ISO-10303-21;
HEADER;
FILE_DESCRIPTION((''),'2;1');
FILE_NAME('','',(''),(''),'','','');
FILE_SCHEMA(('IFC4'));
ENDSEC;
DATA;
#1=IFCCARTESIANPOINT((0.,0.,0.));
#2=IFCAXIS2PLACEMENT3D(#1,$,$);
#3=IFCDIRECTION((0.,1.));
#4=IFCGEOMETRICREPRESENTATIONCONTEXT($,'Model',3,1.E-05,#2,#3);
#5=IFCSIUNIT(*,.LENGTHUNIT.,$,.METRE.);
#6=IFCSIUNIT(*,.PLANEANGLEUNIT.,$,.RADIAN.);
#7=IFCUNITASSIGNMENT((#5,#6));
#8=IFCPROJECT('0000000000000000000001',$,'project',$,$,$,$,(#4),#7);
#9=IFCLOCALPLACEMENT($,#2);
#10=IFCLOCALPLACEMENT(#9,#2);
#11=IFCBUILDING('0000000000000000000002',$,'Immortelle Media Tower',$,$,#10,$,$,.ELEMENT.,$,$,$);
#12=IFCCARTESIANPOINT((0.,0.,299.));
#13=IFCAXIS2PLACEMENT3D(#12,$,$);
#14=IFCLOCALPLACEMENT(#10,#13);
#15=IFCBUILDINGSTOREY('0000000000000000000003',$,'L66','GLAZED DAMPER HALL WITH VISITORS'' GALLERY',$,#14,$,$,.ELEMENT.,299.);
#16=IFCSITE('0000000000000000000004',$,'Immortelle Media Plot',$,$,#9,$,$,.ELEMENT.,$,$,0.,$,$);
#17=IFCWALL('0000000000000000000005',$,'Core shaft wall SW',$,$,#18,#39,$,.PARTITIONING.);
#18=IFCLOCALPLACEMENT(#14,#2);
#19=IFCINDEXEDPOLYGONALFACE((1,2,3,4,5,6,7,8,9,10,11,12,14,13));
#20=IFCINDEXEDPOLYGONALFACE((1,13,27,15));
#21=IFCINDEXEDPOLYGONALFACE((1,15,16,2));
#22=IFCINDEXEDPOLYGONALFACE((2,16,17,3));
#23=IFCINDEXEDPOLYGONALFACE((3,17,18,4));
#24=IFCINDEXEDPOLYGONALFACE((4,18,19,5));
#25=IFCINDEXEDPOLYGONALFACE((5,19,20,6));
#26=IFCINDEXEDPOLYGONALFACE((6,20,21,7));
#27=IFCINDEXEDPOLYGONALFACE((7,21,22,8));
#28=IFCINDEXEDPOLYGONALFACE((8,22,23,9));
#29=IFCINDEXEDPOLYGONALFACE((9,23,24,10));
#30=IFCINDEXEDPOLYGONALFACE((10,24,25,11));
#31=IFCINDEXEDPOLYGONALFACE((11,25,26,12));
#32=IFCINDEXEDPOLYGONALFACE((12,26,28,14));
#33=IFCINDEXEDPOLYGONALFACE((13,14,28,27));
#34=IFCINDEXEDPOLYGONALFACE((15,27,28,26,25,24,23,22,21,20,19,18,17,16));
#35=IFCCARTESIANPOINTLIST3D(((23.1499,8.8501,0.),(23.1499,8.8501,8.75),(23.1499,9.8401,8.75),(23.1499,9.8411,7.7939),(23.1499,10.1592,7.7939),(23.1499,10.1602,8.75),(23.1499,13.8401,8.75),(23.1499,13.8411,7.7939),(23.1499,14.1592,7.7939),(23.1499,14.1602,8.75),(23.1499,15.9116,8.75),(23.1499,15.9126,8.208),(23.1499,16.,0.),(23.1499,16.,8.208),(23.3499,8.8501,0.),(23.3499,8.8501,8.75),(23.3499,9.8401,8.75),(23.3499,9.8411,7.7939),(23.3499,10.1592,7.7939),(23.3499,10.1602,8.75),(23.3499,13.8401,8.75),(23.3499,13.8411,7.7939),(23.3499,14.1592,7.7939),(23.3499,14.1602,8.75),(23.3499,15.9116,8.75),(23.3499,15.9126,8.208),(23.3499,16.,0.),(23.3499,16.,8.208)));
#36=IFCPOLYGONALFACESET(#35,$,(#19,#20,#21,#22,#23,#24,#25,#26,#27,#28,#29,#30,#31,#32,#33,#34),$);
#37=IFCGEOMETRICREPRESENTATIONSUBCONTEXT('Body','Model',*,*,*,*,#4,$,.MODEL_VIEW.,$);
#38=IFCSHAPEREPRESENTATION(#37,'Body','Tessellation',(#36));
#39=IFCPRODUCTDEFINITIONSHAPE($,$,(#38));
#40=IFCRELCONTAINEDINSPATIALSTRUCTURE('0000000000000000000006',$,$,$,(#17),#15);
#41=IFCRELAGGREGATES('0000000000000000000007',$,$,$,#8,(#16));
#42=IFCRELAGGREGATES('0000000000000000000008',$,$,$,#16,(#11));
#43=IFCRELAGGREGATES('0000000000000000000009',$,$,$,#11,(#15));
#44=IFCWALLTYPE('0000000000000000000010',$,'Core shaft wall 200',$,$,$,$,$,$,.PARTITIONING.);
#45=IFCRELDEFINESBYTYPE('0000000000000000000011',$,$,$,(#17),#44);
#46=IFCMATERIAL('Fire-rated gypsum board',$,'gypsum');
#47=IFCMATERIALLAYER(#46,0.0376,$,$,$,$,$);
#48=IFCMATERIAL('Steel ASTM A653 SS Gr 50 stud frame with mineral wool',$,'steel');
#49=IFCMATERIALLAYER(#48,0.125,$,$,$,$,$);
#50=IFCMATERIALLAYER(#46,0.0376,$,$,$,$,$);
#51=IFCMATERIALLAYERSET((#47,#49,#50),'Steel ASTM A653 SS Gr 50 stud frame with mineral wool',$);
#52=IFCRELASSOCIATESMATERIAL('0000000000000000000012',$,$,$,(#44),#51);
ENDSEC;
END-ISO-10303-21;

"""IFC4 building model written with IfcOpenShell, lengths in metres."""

from ifc_helpers import new_model, si_unit, direction, frame, origin, place, context, subcontext, project, spatial, polyline, outline, extrude, material, layer, layer_set, type_object, element, save


model = new_model("IFC4")

# Units and contexts
model_context = context("Model", 3, precision=1e-05, world=origin(), true_north=direction((0.0, 1.0)))
body_context = subcontext(model_context, "Body", "Model", "MODEL_VIEW")
ifc_project = project(units=[si_unit("LENGTHUNIT", "METRE"), si_unit("PLANEANGLEUNIT", "RADIAN")], contexts=[model_context])

# Site, building, storey
site_placement = place(None, origin())
site = spatial("IfcSite", under=ifc_project, at=site_placement, Name="Immortelle Media Plot", CompositionType="ELEMENT", RefElevation=0.0)
building_placement = place(site_placement, origin())
building = spatial("IfcBuilding", under=site, at=building_placement, Name="Immortelle Media Tower", CompositionType="ELEMENT")
storey_placement = place(building_placement, frame((0.0, 0.0, 299.0)))
storey = spatial("IfcBuildingStorey", under=building, at=storey_placement, Name="L66", Description="GLAZED DAMPER HALL WITH VISITORS' GALLERY", CompositionType="ELEMENT", Elevation=299.0)

# Wall
ifc_material_1 = material(Name="Fire-rated gypsum board", Category="gypsum")
ifc_layer_1 = layer(ifc_material_1, 0.0376)
ifc_material_2 = material(Name="Steel ASTM A653 SS Gr 50 stud frame with mineral wool", Category="steel")
ifc_layer_2 = layer(ifc_material_2, 0.125)
ifc_layer_3 = layer(ifc_material_1, 0.0376)
ifc_layer_set_1 = layer_set([ifc_layer_1, ifc_layer_2, ifc_layer_3], Name="Steel ASTM A653 SS Gr 50 stud frame with mineral wool")
wall_type = type_object("IfcWallType", Name="Core shaft wall 200", PredefinedType="PARTITIONING", material=ifc_layer_set_1)
wall_placement = place(storey_placement, frame((23.25, 8.8501, 0.0), z_axis=(0.0, 0.0, 1.0), x_axis=(0.0, 1.0, 0.0)))
element("IfcWall", 1, at=wall_placement, inside=storey, type_object=wall_type, Name="Core shaft wall SW", PredefinedType="PARTITIONING", context=body_context, shape_type="SweptSolid", body=[
    extrude(outline(polyline([(0.0, 0.0), (7.1499, 0.0), (7.1499, 8.208), (7.0625, 8.208), (7.0615, 8.75), (5.3101, 8.75), (5.3091, 7.7939), (4.991, 7.7939), (4.99, 8.75), (1.3101, 8.75), (1.3091, 7.7939), (0.991, 7.7939), (0.99, 8.75), (0.0, 8.75), (0.0, 0.0)])), frame((0.0, 0.1001, 0.0), z_axis=(0.0, -1.0, 0.0), x_axis=(1.0, 0.0, 0.0)), (0.0, 0.0, 1.0), 0.2),
])

save(model, "model.ifc")
